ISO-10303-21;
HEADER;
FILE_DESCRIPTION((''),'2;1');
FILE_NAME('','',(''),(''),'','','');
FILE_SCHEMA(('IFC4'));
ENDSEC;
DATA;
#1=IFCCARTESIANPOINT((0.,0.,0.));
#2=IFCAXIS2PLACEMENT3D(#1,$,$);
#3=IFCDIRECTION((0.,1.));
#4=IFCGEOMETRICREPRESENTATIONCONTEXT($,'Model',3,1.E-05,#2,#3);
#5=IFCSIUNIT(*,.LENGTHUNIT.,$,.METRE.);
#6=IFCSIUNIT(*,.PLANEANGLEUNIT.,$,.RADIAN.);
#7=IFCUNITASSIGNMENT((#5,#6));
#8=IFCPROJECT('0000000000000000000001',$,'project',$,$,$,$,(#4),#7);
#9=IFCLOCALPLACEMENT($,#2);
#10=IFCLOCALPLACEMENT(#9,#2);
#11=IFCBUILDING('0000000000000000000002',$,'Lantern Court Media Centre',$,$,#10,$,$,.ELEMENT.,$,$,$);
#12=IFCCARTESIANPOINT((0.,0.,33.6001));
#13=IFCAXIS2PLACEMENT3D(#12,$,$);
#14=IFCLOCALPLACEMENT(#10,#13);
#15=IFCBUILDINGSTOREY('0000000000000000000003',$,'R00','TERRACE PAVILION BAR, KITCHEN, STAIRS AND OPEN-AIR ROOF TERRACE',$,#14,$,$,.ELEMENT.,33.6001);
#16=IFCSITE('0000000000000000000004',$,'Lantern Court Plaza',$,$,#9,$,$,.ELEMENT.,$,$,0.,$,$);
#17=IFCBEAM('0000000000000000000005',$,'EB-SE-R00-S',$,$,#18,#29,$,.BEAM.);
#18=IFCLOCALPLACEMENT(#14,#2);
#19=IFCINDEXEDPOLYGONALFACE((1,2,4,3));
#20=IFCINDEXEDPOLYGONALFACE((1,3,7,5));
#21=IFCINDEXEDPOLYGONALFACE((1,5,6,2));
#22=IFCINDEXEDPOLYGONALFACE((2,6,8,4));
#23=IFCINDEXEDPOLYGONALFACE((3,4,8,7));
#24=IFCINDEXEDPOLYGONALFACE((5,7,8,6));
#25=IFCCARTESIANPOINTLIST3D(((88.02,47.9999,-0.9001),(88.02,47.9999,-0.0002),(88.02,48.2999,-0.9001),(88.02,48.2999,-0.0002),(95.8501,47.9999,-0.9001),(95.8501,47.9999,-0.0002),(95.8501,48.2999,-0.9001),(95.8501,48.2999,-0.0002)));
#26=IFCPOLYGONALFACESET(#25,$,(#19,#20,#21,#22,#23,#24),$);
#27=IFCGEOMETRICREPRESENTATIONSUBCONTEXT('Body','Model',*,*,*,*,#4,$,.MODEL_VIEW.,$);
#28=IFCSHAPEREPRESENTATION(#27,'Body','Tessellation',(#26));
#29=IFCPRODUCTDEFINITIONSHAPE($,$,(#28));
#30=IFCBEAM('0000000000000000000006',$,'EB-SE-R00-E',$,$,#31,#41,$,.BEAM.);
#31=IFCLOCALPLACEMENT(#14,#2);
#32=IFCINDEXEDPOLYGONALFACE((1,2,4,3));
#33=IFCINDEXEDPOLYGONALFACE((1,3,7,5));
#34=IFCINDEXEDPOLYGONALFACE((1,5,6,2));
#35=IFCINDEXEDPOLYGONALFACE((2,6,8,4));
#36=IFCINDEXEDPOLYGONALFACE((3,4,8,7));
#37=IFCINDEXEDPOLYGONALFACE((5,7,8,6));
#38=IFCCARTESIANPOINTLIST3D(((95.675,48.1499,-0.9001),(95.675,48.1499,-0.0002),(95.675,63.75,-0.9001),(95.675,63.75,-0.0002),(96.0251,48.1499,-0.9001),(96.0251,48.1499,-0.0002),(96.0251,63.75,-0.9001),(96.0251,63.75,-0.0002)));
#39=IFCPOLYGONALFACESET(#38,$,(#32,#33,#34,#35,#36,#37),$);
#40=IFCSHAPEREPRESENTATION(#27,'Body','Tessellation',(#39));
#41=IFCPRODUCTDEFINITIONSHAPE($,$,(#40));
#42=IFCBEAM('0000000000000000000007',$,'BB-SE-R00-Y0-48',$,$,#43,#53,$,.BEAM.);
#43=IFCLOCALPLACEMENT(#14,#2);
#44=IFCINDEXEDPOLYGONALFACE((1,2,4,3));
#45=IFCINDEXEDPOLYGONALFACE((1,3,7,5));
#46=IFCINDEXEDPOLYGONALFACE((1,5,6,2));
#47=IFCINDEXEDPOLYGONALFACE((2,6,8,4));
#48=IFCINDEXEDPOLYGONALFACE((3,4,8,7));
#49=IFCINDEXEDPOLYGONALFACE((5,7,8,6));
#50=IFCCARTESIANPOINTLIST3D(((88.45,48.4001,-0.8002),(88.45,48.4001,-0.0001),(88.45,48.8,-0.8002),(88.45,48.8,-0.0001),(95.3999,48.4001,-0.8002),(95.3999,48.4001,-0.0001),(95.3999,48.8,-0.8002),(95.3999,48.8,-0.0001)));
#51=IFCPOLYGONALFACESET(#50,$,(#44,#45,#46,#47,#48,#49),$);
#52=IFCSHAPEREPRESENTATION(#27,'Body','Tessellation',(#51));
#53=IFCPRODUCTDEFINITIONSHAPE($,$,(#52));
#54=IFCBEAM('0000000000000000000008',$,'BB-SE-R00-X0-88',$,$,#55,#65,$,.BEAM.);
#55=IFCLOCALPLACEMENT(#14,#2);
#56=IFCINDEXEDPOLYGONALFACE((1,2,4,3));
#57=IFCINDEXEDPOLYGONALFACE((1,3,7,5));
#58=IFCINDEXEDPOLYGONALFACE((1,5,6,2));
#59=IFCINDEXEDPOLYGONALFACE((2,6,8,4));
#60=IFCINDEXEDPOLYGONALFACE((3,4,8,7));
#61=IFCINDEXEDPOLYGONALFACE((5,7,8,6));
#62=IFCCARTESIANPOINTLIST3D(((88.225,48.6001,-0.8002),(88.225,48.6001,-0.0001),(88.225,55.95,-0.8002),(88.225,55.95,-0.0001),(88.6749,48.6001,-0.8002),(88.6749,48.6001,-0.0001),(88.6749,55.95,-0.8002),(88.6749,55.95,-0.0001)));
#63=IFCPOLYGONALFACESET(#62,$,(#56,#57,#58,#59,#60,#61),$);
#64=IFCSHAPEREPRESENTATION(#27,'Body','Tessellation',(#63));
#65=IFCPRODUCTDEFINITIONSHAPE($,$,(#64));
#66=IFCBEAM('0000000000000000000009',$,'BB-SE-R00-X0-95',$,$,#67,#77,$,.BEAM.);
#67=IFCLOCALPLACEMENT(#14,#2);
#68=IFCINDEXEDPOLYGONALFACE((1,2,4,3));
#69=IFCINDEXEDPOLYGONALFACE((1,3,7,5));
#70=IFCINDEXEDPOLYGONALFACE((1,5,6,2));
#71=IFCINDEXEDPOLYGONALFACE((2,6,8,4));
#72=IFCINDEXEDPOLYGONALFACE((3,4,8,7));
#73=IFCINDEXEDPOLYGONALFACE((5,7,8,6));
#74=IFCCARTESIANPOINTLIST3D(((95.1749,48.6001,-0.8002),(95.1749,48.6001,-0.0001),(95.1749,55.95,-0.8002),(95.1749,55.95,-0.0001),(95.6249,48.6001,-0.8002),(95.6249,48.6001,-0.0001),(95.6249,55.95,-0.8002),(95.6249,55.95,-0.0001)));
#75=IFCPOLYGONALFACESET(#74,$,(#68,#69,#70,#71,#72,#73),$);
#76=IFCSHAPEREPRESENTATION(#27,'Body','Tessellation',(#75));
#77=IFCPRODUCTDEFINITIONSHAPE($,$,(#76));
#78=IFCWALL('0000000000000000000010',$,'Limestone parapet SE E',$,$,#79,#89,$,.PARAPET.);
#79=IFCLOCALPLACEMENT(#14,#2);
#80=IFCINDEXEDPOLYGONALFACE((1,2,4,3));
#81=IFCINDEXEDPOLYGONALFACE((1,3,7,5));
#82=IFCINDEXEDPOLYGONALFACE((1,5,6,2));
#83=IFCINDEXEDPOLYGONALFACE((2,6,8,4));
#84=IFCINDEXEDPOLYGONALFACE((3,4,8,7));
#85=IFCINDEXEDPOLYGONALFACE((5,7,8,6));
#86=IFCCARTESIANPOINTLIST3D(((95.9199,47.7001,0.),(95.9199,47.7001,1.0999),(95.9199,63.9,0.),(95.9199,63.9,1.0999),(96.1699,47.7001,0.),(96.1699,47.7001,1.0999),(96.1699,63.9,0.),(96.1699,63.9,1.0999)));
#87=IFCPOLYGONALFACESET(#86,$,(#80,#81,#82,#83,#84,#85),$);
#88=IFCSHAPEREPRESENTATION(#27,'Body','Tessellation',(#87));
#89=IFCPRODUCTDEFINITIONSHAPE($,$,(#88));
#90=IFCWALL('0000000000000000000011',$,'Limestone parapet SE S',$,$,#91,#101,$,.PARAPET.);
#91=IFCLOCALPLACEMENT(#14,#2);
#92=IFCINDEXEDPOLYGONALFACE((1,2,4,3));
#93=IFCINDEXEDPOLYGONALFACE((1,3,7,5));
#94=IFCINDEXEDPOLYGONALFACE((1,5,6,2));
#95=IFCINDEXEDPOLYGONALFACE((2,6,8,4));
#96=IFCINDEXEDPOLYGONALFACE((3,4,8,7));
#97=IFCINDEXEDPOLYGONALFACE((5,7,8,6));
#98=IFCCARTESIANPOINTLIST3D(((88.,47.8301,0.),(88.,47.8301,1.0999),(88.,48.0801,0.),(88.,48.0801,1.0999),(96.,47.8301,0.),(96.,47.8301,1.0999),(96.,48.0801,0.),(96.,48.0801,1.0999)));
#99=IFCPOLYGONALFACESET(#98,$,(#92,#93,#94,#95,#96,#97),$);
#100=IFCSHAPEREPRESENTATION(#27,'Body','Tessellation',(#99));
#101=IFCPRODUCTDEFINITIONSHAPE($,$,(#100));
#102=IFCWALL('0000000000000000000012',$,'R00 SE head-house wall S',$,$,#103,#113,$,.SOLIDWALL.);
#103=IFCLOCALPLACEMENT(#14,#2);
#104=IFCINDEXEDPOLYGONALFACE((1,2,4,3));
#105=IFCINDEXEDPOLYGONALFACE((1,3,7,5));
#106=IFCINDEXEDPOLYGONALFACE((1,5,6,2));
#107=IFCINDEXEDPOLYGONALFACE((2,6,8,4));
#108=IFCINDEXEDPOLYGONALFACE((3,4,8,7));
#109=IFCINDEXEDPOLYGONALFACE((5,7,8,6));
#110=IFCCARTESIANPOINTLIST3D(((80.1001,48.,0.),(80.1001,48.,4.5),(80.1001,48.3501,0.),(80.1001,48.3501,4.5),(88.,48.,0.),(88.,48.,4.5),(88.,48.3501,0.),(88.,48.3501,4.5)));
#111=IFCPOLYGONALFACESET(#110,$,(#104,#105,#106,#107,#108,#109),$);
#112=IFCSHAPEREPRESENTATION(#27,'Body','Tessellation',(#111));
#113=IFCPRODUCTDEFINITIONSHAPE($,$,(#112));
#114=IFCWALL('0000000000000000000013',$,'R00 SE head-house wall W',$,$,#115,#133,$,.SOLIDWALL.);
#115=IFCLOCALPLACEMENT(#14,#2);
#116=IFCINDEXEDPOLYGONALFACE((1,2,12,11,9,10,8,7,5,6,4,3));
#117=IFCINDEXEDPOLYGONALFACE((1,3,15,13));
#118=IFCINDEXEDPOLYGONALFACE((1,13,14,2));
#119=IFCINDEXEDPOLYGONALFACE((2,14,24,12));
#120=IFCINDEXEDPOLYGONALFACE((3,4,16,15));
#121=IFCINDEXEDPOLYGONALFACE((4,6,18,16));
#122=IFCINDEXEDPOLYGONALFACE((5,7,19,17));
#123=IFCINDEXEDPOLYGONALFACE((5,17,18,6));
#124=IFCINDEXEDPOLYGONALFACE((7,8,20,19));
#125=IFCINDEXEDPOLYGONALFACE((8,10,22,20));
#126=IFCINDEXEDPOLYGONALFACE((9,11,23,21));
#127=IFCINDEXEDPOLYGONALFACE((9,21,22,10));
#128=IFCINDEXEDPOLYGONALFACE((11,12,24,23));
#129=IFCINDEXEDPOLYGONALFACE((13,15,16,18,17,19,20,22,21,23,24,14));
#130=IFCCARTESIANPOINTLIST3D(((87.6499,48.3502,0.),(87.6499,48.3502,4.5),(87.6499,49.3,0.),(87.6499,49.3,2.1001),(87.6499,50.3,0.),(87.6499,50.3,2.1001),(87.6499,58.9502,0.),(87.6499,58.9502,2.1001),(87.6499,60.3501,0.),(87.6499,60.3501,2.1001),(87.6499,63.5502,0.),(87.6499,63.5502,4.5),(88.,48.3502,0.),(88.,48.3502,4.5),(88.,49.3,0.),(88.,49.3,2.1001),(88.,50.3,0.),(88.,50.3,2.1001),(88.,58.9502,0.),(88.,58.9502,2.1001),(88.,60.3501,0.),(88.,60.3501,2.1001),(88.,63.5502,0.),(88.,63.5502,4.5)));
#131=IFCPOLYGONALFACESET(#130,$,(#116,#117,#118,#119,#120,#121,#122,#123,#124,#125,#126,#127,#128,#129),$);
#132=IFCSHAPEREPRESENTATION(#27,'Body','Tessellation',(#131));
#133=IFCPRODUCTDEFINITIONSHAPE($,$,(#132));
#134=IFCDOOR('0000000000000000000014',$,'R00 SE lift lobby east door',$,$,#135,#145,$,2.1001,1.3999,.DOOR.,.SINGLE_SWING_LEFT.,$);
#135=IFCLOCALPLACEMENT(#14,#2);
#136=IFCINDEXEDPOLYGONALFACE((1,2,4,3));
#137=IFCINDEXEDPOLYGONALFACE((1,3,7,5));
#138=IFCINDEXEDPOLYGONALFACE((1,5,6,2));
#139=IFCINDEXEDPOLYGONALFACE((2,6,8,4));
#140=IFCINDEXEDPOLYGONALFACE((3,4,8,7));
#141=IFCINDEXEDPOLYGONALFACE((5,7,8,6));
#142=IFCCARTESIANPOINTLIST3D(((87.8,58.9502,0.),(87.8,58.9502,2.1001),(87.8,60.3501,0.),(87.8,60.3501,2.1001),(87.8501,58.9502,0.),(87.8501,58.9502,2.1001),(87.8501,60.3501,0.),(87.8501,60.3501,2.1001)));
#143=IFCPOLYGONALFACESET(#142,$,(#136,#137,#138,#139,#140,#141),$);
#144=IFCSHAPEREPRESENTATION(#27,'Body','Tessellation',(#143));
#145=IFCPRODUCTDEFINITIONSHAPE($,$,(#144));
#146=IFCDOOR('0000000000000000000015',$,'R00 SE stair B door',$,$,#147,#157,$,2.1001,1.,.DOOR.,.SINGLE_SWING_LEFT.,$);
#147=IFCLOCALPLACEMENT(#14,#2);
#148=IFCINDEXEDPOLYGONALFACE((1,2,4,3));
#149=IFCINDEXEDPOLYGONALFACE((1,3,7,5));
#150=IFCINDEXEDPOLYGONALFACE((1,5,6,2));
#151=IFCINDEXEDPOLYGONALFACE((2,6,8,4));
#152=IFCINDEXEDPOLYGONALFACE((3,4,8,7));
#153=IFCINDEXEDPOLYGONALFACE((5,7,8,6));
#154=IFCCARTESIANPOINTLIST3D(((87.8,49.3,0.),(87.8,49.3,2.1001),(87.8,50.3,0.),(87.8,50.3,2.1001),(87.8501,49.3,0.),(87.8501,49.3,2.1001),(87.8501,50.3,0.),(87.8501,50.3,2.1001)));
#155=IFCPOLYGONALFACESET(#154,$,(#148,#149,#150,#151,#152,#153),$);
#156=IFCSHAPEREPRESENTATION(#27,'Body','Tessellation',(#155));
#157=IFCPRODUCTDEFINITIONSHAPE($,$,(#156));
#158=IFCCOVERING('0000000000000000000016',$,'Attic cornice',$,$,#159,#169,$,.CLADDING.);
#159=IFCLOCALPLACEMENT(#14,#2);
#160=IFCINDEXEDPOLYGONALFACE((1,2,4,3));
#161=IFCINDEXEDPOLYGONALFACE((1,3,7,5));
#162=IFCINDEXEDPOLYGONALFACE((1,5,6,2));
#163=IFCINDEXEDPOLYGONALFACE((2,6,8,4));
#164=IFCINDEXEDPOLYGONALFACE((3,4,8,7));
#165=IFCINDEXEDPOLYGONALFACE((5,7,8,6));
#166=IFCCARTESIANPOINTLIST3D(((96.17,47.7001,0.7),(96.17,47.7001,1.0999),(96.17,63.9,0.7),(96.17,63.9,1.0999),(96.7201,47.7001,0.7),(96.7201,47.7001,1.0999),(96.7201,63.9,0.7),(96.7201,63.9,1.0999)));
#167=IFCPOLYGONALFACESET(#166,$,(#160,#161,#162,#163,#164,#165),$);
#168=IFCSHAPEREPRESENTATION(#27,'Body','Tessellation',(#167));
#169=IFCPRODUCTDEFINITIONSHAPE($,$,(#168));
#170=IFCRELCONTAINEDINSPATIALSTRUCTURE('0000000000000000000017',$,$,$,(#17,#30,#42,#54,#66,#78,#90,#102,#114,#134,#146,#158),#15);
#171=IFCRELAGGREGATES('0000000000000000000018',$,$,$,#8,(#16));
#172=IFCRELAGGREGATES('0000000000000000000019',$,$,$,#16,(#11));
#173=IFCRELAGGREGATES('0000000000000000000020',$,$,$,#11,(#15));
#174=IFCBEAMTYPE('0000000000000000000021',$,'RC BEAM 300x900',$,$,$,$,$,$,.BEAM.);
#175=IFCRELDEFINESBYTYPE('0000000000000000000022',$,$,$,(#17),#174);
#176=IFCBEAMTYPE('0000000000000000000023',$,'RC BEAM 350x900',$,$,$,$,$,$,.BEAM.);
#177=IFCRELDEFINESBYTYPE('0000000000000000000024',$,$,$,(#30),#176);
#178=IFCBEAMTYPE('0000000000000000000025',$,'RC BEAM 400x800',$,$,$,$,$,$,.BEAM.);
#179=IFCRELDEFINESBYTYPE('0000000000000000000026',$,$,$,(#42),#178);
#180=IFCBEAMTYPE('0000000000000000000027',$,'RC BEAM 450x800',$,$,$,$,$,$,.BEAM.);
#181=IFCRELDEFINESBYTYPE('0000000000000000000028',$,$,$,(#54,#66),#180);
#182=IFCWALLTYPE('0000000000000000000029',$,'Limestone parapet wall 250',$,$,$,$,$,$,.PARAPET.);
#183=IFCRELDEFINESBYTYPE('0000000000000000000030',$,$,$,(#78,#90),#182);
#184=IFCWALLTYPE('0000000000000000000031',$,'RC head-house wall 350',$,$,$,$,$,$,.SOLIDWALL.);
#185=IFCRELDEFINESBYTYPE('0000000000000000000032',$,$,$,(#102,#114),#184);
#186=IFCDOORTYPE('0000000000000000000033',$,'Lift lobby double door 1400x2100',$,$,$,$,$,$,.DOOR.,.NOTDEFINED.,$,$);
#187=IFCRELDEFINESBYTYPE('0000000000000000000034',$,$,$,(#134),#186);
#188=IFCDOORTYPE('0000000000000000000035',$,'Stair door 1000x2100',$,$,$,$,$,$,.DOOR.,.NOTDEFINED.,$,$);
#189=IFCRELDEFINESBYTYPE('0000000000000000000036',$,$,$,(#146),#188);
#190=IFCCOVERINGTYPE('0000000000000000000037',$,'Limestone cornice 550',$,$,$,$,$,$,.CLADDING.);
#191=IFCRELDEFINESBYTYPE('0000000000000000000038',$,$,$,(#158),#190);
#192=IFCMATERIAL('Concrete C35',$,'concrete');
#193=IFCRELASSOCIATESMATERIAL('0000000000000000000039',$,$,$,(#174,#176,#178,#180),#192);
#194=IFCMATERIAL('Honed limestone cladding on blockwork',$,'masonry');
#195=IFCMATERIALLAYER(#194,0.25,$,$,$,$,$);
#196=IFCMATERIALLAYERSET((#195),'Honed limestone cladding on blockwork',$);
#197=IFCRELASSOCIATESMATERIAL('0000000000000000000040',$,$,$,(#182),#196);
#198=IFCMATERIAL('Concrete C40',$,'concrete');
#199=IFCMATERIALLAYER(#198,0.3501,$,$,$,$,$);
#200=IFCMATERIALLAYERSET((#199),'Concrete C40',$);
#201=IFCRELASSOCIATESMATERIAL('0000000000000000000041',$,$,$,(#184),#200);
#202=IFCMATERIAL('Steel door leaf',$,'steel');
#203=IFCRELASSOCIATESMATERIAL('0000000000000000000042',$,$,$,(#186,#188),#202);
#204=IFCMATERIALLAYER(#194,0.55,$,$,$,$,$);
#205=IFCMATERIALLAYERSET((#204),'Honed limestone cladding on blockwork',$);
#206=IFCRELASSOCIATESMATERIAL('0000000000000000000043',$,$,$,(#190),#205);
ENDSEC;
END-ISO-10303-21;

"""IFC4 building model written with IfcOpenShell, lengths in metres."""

from ifc_helpers import new_model, si_unit, direction, frame, frame_2d, origin, origin_2d, place, context, subcontext, project, spatial, rectangle, extrude, material, layer, layer_set, material_profile, profile_set, type_object, element, fill, save


model = new_model("IFC4")

# Units and contexts
model_context = context("Model", 3, precision=1e-05, world=origin(), true_north=direction((0.0, 1.0)))
body_context = subcontext(model_context, "Body", "Model", "MODEL_VIEW")
ifc_project = project(units=[si_unit("LENGTHUNIT", "METRE"), si_unit("PLANEANGLEUNIT", "RADIAN")], contexts=[model_context])

# Site, building, storey
site_placement = place(None, origin())
site = spatial("IfcSite", under=ifc_project, at=site_placement, Name="Lantern Court Plaza", CompositionType="ELEMENT", RefElevation=0.0)
building_placement = place(site_placement, origin())
building = spatial("IfcBuilding", under=site, at=building_placement, Name="Lantern Court Media Centre", CompositionType="ELEMENT")
storey_placement = place(building_placement, frame((0.0, 0.0, 33.6001)))
storey = spatial("IfcBuildingStorey", under=building, at=storey_placement, Name="R00", Description="TERRACE PAVILION BAR, KITCHEN, STAIRS AND OPEN-AIR ROOF TERRACE", CompositionType="ELEMENT", Elevation=33.6001)

# Beams
ifc_material_1 = material(Name="Concrete C35", Category="concrete")
ifc_material_profile_1 = material_profile(ifc_material_1, rectangle(XDim=0.3, YDim=0.8999, at=origin_2d()), Name="RC 300x900")
ifc_profile_set_1 = profile_set([ifc_material_profile_1], Name="Concrete C35")
beam_type_1 = type_object("IfcBeamType", Name="RC BEAM 300x900", PredefinedType="BEAM", material=ifc_profile_set_1)
beam_1_placement = place(storey_placement, frame((88.02, 48.1499, -0.4502), z_axis=(1.0, 0.0, 0.0), x_axis=(0.0, 1.0, 0.0)))
element("IfcBeam", 1, at=beam_1_placement, inside=storey, type_object=beam_type_1, Name="EB-SE-R00-S", PredefinedType="BEAM", context=body_context, shape_type="SweptSolid", body=[
    extrude(rectangle(XDim=0.3, YDim=0.8999, at=origin_2d()), origin(), (0.0, 0.0, 1.0), 7.8301),
])
ifc_material_profile_2 = material_profile(ifc_material_1, rectangle(XDim=0.3501, YDim=0.8999, at=origin_2d()), Name="RC 350x900")
ifc_profile_set_2 = profile_set([ifc_material_profile_2], Name="Concrete C35")
beam_type_2 = type_object("IfcBeamType", Name="RC BEAM 350x900", PredefinedType="BEAM", material=ifc_profile_set_2)
beam_2_placement = place(storey_placement, frame((95.8501, 48.1499, -0.4502), z_axis=(0.0, 1.0, 0.0), x_axis=(-1.0, 0.0, 0.0)))
element("IfcBeam", 2, at=beam_2_placement, inside=storey, type_object=beam_type_2, Name="EB-SE-R00-E", PredefinedType="BEAM", context=body_context, shape_type="SweptSolid", body=[
    extrude(rectangle(XDim=0.3501, YDim=0.8999, at=origin_2d()), origin(), (0.0, 0.0, 1.0), 15.6001),
])
ifc_material_profile_3 = material_profile(ifc_material_1, rectangle(XDim=0.3999, YDim=0.8, at=origin_2d()), Name="RC 400x800")
ifc_profile_set_3 = profile_set([ifc_material_profile_3], Name="Concrete C35")
beam_type_3 = type_object("IfcBeamType", Name="RC BEAM 400x800", PredefinedType="BEAM", material=ifc_profile_set_3)
beam_3_placement = place(storey_placement, frame((88.45, 48.6001, -0.4001), z_axis=(1.0, 0.0, 0.0), x_axis=(0.0, 1.0, 0.0)))
element("IfcBeam", 3, at=beam_3_placement, inside=storey, type_object=beam_type_3, Name="BB-SE-R00-Y0-48", PredefinedType="BEAM", context=body_context, shape_type="SweptSolid", body=[
    extrude(rectangle(XDim=0.3999, YDim=0.8, at=origin_2d()), origin(), (0.0, 0.0, 1.0), 6.95),
])
ifc_material_profile_4 = material_profile(ifc_material_1, rectangle(XDim=0.45, YDim=0.8, at=origin_2d()), Name="RC 450x800")
ifc_profile_set_4 = profile_set([ifc_material_profile_4], Name="Concrete C35")
beam_type_4 = type_object("IfcBeamType", Name="RC BEAM 450x800", PredefinedType="BEAM", material=ifc_profile_set_4)
for number, where, z_axis, x_axis, name in (
    (4, (88.45, 48.6001, -0.4001), (0.0, 1.0, 0.0), (-1.0, 0.0, 0.0), "BB-SE-R00-X0-88"),
    (5, (95.3999, 48.6001, -0.4001), (0.0, 1.0, 0.0), (-1.0, 0.0, 0.0), "BB-SE-R00-X0-95"),
):
    element("IfcBeam", number, at=place(storey_placement, frame(where, z_axis=z_axis, x_axis=x_axis)), inside=storey, type_object=beam_type_4, Name=name, PredefinedType="BEAM", context=body_context, shape_type="SweptSolid", body=[
        extrude(rectangle(XDim=0.45, YDim=0.8, at=origin_2d()), origin(), (0.0, 0.0, 1.0), 7.3499),
    ])

# Walls
ifc_material_2 = material(Name="Honed limestone cladding on blockwork", Category="masonry")
ifc_layer_1 = layer(ifc_material_2, 0.25)
ifc_layer_set_1 = layer_set([ifc_layer_1], Name="Honed limestone cladding on blockwork")
wall_type_1 = type_object("IfcWallType", Name="Limestone parapet wall 250", PredefinedType="PARAPET", material=ifc_layer_set_1)
wall_1_placement = place(storey_placement, frame((96.0449, 47.7, 0.0), z_axis=(0.0, 0.0, 1.0), x_axis=(0.0, 1.0, 0.0)))
element("IfcWall", 6, at=wall_1_placement, inside=storey, type_object=wall_type_1, Name="Limestone parapet SE E", PredefinedType="PARAPET", context=body_context, shape_type="SweptSolid", body=[
    extrude(rectangle(XDim=16.2, YDim=0.25, at=frame_2d((8.1001, 0.0))), origin(), (0.0, 0.0, 1.0), 1.0999),
])
wall_2_placement = place(storey_placement, frame((88.0, 47.9551, 0.0), z_axis=(0.0, 0.0, 1.0), x_axis=(1.0, 0.0, 0.0)))
element("IfcWall", 7, at=wall_2_placement, inside=storey, type_object=wall_type_1, Name="Limestone parapet SE S", PredefinedType="PARAPET", context=body_context, shape_type="SweptSolid", body=[
    extrude(rectangle(XDim=8.0, YDim=0.25, at=frame_2d((4.0, 0.0))), origin(), (0.0, 0.0, 1.0), 1.0999),
])
ifc_material_3 = material(Name="Concrete C40", Category="concrete")
ifc_layer_2 = layer(ifc_material_3, 0.3501)
ifc_layer_set_2 = layer_set([ifc_layer_2], Name="Concrete C40")
wall_type_2 = type_object("IfcWallType", Name="RC head-house wall 350", PredefinedType="SOLIDWALL", material=ifc_layer_set_2)
wall_3_placement = place(storey_placement, frame((88.0, 48.175, 0.0), z_axis=(0.0, 0.0, 1.0), x_axis=(-1.0, 0.0, 0.0)))
element("IfcWall", 8, at=wall_3_placement, inside=storey, type_object=wall_type_2, Name="R00 SE head-house wall S", PredefinedType="SOLIDWALL", context=body_context, shape_type="SweptSolid", body=[
    extrude(rectangle(XDim=7.8999, YDim=0.3501, at=frame_2d((3.95, 0.0))), origin(), (0.0, 0.0, 1.0), 4.5),
])

# Wall, openings, doors
wall_4_placement = place(storey_placement, frame((87.825, 48.3501, 0.0), z_axis=(0.0, 0.0, 1.0), x_axis=(0.0, 1.0, 0.0)))
wall_4 = element("IfcWall", 9, at=wall_4_placement, inside=storey, type_object=wall_type_2, Name="R00 SE head-house wall W", PredefinedType="SOLIDWALL", context=body_context, shape_type="SweptSolid", body=[
    extrude(rectangle(XDim=15.2, YDim=0.3501, at=frame_2d((7.6001, 0.0))), origin(), (0.0, 0.0, 1.0), 4.5),
])
opening_1_placement = place(wall_4_placement, frame((0.95, 0.0, 0.0)))
opening_1 = element("IfcOpeningElement", 10, at=opening_1_placement, cuts=wall_4, PredefinedType="OPENING", context=body_context, shape_type="SweptSolid", body=[
    extrude(rectangle(XDim=1.0, YDim=2.1001, at=frame_2d((0.5, 1.05))), frame((0.0, 0.1851, 0.0), z_axis=(0.0, -1.0, 0.0), x_axis=(1.0, 0.0, 0.0)), (0.0, 0.0, 1.0), 0.3701),
])
opening_2_placement = place(wall_4_placement, frame((10.6001, 0.0, 0.0)))
opening_2 = element("IfcOpeningElement", 11, at=opening_2_placement, cuts=wall_4, PredefinedType="OPENING", context=body_context, shape_type="SweptSolid", body=[
    extrude(rectangle(XDim=1.3999, YDim=2.1001, at=frame_2d((0.7, 1.05))), frame((0.0, 0.1851, 0.0), z_axis=(0.0, -1.0, 0.0), x_axis=(1.0, 0.0, 0.0)), (0.0, 0.0, 1.0), 0.3701),
])
ifc_material_4 = material(Name="Steel door leaf", Category="steel")
door_type_1 = type_object("IfcDoorType", Name="Lift lobby double door 1400x2100", OperationType="NOTDEFINED", PredefinedType="DOOR", material=ifc_material_4)
door_1_placement = place(opening_2_placement, origin())
door_1 = element("IfcDoor", 12, at=door_1_placement, inside=storey, type_object=door_type_1, Name="R00 SE lift lobby east door", OperationType="SINGLE_SWING_LEFT", OverallHeight=2.1001, OverallWidth=1.3999, PredefinedType="DOOR", context=body_context, shape_type="SweptSolid", body=[
    extrude(rectangle(XDim=1.3999, YDim=2.1001, at=frame_2d((0.7, 1.05))), frame((0.0, 0.0249, 0.0), z_axis=(0.0, -1.0, 0.0), x_axis=(1.0, 0.0, 0.0)), (0.0, 0.0, 1.0), 0.05),
])
fill(opening_2, door_1)
door_type_2 = type_object("IfcDoorType", Name="Stair door 1000x2100", OperationType="NOTDEFINED", PredefinedType="DOOR", material=ifc_material_4)
door_2_placement = place(opening_1_placement, origin())
door_2 = element("IfcDoor", 13, at=door_2_placement, inside=storey, type_object=door_type_2, Name="R00 SE stair B door", OperationType="SINGLE_SWING_LEFT", OverallHeight=2.1001, OverallWidth=1.0, PredefinedType="DOOR", context=body_context, shape_type="SweptSolid", body=[
    extrude(rectangle(XDim=1.0, YDim=2.1001, at=frame_2d((0.5, 1.05))), frame((0.0, 0.0249, 0.0), z_axis=(0.0, -1.0, 0.0), x_axis=(1.0, 0.0, 0.0)), (0.0, 0.0, 1.0), 0.05),
])
fill(opening_1, door_2)

# Covering
ifc_layer_3 = layer(ifc_material_2, 0.55)
ifc_layer_set_3 = layer_set([ifc_layer_3], Name="Honed limestone cladding on blockwork")
covering_type_1 = type_object("IfcCoveringType", Name="Limestone cornice 550", PredefinedType="CLADDING", material=ifc_layer_set_3)
covering_1_placement = place(storey_placement, frame((96.4451, 47.7, 0.7), z_axis=(0.0, 0.0, 1.0), x_axis=(0.0, 1.0, 0.0)))
element("IfcCovering", 14, at=covering_1_placement, inside=storey, type_object=covering_type_1, Name="Attic cornice", PredefinedType="CLADDING", context=body_context, shape_type="SweptSolid", body=[
    extrude(rectangle(XDim=16.2, YDim=0.55, at=frame_2d((8.1001, 0.0))), origin(), (0.0, 0.0, 1.0), 0.3999),
])

save(model, "model.ifc")
